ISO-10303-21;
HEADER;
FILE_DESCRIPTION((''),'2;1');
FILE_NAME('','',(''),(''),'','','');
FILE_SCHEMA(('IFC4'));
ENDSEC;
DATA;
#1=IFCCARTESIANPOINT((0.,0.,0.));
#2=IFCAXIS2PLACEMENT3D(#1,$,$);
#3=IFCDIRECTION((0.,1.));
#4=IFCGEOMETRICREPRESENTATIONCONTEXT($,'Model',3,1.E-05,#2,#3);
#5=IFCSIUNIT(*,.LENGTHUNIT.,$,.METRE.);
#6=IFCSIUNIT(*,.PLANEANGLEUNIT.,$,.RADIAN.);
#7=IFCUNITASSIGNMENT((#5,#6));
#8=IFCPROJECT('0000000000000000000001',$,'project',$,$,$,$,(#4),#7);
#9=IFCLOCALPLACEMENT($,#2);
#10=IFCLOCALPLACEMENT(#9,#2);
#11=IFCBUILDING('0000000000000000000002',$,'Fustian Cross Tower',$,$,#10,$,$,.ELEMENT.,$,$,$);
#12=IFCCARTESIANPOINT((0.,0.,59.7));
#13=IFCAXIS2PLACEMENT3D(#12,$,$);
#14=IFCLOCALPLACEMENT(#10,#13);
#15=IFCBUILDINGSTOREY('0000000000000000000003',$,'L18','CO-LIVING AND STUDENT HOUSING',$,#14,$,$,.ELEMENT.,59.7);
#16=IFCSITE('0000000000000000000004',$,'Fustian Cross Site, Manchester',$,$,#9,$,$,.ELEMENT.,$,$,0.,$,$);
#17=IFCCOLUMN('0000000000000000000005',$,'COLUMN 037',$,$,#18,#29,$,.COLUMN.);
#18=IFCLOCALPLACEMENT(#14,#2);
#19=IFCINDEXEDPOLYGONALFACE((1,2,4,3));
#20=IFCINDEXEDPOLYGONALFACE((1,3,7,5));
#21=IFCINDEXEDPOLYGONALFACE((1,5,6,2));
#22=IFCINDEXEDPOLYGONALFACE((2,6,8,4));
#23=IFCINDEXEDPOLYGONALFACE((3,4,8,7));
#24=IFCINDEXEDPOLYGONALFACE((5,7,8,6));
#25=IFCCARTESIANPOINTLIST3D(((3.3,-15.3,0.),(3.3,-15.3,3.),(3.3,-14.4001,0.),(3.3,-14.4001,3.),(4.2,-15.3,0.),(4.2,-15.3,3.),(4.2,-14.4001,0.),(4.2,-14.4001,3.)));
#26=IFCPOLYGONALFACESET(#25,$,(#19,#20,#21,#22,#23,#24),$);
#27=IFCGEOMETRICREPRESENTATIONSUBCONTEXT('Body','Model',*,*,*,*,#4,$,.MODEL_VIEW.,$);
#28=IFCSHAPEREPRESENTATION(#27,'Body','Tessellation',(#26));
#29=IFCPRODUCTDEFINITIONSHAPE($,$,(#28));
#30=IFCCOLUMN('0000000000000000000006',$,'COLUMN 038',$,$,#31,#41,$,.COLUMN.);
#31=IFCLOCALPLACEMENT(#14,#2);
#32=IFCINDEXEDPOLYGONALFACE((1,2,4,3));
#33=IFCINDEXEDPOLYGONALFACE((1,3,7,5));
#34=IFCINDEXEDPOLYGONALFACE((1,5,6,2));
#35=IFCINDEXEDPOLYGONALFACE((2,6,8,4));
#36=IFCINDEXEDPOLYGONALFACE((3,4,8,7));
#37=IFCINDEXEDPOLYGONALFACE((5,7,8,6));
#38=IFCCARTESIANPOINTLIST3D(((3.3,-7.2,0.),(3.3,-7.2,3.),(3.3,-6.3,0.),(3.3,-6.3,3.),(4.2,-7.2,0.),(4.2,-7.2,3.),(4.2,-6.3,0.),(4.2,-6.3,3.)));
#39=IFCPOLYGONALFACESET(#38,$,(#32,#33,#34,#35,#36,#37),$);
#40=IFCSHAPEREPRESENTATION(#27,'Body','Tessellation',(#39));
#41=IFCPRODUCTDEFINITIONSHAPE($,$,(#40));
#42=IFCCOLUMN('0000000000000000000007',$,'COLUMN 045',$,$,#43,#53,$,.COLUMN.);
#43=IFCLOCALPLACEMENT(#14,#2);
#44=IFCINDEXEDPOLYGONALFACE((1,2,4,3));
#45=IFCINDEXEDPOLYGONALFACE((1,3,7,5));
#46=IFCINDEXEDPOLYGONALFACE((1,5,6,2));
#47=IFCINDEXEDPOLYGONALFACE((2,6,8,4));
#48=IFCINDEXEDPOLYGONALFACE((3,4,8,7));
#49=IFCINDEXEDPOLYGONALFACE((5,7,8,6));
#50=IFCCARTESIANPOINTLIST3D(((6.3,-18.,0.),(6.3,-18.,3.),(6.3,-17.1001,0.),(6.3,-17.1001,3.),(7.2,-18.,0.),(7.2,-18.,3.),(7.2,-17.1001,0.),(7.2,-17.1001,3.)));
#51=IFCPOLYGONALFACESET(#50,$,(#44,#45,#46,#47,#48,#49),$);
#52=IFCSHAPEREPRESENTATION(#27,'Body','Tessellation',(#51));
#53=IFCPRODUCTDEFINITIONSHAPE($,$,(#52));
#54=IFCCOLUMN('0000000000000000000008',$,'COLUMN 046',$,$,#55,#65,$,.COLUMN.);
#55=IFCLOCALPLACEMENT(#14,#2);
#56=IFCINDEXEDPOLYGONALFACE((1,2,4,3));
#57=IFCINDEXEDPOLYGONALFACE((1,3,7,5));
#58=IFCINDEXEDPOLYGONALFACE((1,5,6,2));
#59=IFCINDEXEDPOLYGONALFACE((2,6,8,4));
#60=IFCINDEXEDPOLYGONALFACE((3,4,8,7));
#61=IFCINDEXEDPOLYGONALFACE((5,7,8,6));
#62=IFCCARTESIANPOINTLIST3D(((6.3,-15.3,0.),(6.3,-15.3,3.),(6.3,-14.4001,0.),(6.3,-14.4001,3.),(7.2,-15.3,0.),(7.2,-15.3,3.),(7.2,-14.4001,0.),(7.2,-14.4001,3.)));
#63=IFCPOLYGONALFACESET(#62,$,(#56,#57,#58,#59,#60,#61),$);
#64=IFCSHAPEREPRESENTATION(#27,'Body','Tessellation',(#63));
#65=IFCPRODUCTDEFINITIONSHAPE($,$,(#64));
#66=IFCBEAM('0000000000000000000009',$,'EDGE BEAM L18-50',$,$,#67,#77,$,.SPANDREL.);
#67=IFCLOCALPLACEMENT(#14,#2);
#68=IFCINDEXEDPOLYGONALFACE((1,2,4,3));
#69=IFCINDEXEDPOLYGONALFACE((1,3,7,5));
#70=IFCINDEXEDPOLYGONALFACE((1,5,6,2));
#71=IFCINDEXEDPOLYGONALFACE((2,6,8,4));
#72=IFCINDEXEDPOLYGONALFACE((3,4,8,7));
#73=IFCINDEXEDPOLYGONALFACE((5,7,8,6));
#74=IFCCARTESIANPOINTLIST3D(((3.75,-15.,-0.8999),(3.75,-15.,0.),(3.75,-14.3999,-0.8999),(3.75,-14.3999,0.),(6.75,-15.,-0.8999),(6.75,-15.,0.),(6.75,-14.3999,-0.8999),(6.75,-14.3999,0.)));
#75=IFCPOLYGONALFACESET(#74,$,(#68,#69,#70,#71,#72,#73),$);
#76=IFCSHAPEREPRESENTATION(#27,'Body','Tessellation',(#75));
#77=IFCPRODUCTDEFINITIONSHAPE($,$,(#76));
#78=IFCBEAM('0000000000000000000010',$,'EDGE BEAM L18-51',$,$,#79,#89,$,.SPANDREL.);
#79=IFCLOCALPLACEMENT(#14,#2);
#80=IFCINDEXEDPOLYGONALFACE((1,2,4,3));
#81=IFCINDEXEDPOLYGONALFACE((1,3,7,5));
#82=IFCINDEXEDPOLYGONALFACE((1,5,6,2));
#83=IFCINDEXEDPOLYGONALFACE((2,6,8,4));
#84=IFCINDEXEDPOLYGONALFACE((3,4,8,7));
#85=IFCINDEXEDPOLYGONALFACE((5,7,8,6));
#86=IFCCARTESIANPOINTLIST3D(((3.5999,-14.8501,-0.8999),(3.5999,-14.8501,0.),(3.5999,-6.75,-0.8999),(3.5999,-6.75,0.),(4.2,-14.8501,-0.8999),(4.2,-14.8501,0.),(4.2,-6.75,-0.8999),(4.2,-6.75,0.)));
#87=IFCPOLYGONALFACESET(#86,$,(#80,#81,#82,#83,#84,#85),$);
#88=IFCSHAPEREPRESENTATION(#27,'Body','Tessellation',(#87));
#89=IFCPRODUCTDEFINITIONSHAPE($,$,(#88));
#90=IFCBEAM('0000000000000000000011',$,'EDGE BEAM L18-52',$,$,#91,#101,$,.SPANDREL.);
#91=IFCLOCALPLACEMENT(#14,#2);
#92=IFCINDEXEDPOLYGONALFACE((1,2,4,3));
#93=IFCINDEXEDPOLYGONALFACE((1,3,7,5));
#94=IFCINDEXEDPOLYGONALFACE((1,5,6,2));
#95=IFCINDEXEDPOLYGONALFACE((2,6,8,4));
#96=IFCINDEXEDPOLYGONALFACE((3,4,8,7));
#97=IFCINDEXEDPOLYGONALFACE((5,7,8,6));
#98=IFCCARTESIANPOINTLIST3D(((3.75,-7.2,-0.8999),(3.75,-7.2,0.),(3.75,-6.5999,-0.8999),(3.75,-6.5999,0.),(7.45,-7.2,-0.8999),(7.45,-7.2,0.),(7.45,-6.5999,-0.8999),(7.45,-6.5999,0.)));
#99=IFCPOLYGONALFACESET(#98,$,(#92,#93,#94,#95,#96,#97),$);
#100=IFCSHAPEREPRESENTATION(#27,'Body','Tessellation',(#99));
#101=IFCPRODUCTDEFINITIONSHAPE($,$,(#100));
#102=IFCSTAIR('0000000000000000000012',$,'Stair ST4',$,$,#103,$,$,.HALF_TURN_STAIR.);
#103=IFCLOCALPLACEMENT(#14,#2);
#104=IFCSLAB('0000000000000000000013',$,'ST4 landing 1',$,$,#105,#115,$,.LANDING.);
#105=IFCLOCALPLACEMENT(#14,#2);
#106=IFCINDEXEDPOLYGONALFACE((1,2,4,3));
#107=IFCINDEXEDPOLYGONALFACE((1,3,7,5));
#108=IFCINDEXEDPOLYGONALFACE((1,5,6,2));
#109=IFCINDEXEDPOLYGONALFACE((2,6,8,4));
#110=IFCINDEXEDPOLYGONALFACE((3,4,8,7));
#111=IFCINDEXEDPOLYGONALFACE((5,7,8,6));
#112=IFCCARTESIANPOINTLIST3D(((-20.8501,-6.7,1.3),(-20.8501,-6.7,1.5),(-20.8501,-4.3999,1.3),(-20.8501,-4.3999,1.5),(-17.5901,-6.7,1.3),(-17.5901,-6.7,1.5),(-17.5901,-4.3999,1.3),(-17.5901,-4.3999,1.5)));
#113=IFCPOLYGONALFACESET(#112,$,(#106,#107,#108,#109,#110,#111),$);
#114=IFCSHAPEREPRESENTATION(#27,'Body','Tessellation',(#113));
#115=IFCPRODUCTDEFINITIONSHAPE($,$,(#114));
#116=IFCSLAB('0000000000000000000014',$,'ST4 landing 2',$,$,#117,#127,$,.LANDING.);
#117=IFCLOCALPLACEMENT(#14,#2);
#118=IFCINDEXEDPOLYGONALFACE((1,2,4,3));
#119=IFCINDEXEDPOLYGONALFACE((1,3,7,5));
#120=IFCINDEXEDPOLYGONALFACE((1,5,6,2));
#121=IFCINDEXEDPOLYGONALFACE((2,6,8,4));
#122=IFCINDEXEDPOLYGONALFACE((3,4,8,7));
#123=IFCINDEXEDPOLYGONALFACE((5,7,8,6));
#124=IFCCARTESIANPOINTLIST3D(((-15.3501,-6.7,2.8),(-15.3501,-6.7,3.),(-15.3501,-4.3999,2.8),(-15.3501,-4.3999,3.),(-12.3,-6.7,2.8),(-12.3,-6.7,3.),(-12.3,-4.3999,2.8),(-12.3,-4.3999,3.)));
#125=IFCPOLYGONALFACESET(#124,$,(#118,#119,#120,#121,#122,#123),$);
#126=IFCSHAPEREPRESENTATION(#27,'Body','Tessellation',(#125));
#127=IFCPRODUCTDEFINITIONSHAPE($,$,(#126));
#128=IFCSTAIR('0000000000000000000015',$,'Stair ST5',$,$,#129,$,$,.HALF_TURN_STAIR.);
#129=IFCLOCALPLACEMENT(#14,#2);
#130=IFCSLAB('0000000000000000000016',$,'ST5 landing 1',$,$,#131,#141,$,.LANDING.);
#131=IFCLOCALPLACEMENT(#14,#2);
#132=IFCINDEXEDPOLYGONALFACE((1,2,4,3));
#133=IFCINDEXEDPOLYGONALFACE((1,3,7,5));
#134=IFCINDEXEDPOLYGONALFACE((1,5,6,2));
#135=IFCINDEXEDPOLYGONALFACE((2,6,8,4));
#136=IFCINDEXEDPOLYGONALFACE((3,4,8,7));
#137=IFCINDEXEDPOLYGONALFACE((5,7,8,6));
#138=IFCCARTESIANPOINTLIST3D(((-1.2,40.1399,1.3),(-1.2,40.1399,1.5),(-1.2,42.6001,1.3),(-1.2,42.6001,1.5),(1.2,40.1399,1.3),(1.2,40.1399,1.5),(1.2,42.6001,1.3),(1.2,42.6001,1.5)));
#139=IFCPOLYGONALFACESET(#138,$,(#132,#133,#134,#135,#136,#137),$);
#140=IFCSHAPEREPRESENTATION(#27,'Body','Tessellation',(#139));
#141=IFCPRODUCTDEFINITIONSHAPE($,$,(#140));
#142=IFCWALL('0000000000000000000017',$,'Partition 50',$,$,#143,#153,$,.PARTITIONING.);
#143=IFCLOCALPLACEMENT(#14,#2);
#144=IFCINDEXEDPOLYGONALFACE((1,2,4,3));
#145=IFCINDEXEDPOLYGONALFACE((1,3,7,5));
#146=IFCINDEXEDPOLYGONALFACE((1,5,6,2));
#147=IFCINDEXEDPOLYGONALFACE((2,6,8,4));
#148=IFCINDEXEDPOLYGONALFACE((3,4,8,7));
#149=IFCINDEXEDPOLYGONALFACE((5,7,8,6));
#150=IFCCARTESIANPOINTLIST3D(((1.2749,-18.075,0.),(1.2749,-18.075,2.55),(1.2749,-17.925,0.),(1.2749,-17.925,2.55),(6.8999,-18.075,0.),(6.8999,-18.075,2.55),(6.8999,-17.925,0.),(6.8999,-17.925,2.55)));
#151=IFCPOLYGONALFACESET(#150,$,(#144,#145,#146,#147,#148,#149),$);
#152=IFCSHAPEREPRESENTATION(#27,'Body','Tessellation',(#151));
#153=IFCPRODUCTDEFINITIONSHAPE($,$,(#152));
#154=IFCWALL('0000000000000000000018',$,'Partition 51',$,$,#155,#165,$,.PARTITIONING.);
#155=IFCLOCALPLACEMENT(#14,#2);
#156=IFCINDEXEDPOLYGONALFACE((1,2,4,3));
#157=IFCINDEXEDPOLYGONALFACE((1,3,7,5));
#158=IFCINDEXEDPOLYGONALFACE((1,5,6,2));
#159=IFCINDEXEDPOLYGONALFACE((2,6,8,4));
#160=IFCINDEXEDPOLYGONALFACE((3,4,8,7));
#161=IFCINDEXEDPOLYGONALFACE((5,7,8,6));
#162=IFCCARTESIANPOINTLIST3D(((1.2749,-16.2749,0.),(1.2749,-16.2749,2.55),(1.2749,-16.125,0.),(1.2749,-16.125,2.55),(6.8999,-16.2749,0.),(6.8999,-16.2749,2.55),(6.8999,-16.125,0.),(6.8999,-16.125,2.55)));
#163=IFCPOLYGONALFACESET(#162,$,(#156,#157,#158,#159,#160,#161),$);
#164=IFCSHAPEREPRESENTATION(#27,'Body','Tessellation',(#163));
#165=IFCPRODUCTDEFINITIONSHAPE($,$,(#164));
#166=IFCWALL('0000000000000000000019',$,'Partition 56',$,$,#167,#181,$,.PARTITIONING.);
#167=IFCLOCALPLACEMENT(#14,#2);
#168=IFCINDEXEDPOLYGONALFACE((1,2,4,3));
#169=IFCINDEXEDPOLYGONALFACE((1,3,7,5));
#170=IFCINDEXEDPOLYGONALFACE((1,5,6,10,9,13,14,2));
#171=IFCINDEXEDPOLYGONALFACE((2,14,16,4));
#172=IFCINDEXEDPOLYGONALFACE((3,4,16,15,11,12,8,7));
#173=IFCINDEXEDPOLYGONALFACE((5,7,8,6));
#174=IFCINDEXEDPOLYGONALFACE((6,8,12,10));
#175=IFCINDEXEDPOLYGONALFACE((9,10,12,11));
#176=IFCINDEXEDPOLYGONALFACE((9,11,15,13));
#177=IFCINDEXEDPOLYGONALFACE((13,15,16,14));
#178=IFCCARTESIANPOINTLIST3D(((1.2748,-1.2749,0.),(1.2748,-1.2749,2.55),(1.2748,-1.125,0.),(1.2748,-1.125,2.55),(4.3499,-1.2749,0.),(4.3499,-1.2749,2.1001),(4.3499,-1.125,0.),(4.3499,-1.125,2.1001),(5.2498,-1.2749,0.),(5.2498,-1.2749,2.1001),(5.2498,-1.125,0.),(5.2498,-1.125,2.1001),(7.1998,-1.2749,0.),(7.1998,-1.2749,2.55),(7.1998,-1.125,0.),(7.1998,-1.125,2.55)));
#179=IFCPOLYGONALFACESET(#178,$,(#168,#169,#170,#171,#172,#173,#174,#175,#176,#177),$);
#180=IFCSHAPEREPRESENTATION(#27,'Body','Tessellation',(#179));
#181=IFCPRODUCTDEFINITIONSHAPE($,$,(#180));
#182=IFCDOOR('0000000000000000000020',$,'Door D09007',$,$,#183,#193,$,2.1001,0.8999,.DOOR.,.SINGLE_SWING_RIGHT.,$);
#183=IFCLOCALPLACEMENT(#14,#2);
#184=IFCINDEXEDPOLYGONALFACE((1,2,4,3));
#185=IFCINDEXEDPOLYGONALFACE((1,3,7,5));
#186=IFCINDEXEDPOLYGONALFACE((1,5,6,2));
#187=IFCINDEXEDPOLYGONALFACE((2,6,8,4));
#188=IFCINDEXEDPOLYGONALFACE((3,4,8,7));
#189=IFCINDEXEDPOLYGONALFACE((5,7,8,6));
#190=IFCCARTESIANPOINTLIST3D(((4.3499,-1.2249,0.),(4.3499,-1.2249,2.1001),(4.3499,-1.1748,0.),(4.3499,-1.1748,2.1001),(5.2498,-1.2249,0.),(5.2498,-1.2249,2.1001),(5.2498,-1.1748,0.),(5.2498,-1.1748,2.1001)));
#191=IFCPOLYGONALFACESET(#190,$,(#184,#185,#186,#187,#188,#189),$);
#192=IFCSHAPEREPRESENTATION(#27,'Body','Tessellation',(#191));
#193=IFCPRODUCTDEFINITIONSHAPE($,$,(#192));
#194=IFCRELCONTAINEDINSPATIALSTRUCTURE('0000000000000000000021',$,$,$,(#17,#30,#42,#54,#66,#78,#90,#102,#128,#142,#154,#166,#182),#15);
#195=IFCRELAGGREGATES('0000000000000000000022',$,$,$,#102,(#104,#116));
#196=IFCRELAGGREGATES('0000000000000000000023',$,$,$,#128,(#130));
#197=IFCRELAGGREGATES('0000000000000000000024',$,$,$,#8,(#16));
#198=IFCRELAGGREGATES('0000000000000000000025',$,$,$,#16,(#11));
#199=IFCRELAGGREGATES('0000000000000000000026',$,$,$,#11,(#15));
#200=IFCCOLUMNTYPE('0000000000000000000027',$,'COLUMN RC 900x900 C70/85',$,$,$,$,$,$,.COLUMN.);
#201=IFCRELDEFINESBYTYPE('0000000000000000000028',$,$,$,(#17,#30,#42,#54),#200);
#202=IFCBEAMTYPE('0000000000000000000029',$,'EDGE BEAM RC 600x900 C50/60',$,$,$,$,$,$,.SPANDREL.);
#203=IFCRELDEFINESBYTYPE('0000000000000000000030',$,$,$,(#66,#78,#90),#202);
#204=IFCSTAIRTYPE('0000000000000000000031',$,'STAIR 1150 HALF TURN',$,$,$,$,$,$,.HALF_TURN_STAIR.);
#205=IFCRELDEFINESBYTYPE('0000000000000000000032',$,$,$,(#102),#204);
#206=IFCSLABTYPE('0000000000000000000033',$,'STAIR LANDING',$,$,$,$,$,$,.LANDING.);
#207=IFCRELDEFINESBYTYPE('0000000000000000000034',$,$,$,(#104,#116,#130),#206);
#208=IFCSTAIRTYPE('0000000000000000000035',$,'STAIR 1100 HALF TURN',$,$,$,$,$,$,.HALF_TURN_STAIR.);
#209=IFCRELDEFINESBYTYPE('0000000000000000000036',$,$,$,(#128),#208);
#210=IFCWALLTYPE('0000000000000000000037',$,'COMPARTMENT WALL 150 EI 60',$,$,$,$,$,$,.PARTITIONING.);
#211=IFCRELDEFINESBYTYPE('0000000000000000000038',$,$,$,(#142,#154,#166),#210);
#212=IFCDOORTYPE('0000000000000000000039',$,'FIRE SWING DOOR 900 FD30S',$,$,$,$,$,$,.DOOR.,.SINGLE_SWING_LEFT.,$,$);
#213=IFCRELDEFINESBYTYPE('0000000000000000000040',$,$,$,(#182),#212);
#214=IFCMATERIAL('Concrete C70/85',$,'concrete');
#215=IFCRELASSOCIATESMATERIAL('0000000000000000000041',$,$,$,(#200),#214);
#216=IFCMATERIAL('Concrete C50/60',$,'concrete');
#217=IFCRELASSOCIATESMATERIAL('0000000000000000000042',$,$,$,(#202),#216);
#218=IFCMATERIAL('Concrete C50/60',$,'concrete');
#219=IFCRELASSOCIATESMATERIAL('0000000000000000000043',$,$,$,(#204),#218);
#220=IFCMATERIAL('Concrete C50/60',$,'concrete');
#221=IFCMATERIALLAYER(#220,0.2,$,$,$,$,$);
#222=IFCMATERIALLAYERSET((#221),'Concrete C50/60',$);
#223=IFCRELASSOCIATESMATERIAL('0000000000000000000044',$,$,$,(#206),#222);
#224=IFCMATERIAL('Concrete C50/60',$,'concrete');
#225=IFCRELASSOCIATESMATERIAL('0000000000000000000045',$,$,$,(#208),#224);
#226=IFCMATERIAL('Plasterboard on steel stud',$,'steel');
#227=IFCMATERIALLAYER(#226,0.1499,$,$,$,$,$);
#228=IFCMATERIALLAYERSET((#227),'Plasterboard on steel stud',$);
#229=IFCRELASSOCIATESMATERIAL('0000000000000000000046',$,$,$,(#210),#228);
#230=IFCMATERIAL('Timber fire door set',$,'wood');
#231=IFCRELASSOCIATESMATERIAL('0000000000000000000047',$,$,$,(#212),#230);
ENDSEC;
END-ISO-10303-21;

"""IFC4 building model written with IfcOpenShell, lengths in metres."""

from ifc_helpers import new_model, si_unit, direction, frame, frame_2d, origin, origin_2d, place, context, subcontext, project, spatial, polyline, rectangle, outline, extrude, material, layer, layer_set, material_profile, profile_set, type_object, element, fill, aggregate, save


model = new_model("IFC4")

# Units and contexts
model_context = context("Model", 3, precision=1e-05, world=origin(), true_north=direction((0.0, 1.0)))
body_context = subcontext(model_context, "Body", "Model", "MODEL_VIEW")
ifc_project = project(units=[si_unit("LENGTHUNIT", "METRE"), si_unit("PLANEANGLEUNIT", "RADIAN")], contexts=[model_context])

# Site, building, storey
site_placement = place(None, origin())
site = spatial("IfcSite", under=ifc_project, at=site_placement, Name="Fustian Cross Site, Manchester", CompositionType="ELEMENT", RefElevation=0.0)
building_placement = place(site_placement, origin())
building = spatial("IfcBuilding", under=site, at=building_placement, Name="Fustian Cross Tower", CompositionType="ELEMENT")
storey_placement = place(building_placement, frame((0.0, 0.0, 59.7)))
storey = spatial("IfcBuildingStorey", under=building, at=storey_placement, Name="L18", Description="CO-LIVING AND STUDENT HOUSING", CompositionType="ELEMENT", Elevation=59.7)

# Columns
ifc_material_1 = material(Name="Concrete C70/85", Category="concrete")
ifc_material_profile_1 = material_profile(ifc_material_1, rectangle(XDim=0.8999, YDim=0.8999, at=origin_2d()), Name="RC 900x900")
ifc_profile_set_1 = profile_set([ifc_material_profile_1], Name="Concrete C70/85")
column_type = type_object("IfcColumnType", Name="COLUMN RC 900x900 C70/85", PredefinedType="COLUMN", material=ifc_profile_set_1)
for number, where, z_axis, x_axis, name in (
    (1, (3.75, -14.8501, 0.0), (0.0, 0.0, 1.0), (1.0, 0.0, 0.0), "COLUMN 037"),
    (2, (3.75, -6.75, 0.0), (0.0, 0.0, 1.0), (1.0, 0.0, 0.0), "COLUMN 038"),
    (3, (6.75, -17.55, 0.0), (0.0, 0.0, 1.0), (1.0, 0.0, 0.0), "COLUMN 045"),
    (4, (6.75, -14.8501, 0.0), (0.0, 0.0, 1.0), (1.0, 0.0, 0.0), "COLUMN 046"),
):
    element("IfcColumn", number, at=place(storey_placement, frame(where, z_axis=z_axis, x_axis=x_axis)), inside=storey, type_object=column_type, Name=name, PredefinedType="COLUMN", context=body_context, shape_type="SweptSolid", body=[
        extrude(rectangle(XDim=0.8999, YDim=0.8999, at=origin_2d()), origin(), (0.0, 0.0, 1.0), 3.0),
    ])

# Beams
ifc_material_2 = material(Name="Concrete C50/60", Category="concrete")
ifc_material_profile_2 = material_profile(ifc_material_2, rectangle(XDim=0.6001, YDim=0.8999, at=origin_2d()), Name="RC 600x900")
ifc_profile_set_2 = profile_set([ifc_material_profile_2], Name="Concrete C50/60")
beam_type = type_object("IfcBeamType", Name="EDGE BEAM RC 600x900 C50/60", PredefinedType="SPANDREL", material=ifc_profile_set_2)
beam_1_placement = place(storey_placement, frame((6.75, -14.7, -0.45), z_axis=(-1.0, 0.0, 0.0), x_axis=(0.0, -1.0, 0.0)))
element("IfcBeam", 5, at=beam_1_placement, inside=storey, type_object=beam_type, Name="EDGE BEAM L18-50", PredefinedType="SPANDREL", context=body_context, shape_type="SweptSolid", body=[
    extrude(rectangle(XDim=0.6001, YDim=0.8999, at=origin_2d()), origin(), (0.0, 0.0, 1.0), 3.0),
])
beam_2_placement = place(storey_placement, frame((3.8999, -14.8501, -0.45), z_axis=(0.0, 1.0, 0.0), x_axis=(-1.0, 0.0, 0.0)))
element("IfcBeam", 6, at=beam_2_placement, inside=storey, type_object=beam_type, Name="EDGE BEAM L18-51", PredefinedType="SPANDREL", context=body_context, shape_type="SweptSolid", body=[
    extrude(rectangle(XDim=0.6001, YDim=0.8999, at=origin_2d()), origin(), (0.0, 0.0, 1.0), 8.1001),
])
beam_3_placement = place(storey_placement, frame((3.75, -6.8999, -0.45), z_axis=(1.0, 0.0, 0.0), x_axis=(0.0, 1.0, 0.0)))
element("IfcBeam", 7, at=beam_3_placement, inside=storey, type_object=beam_type, Name="EDGE BEAM L18-52", PredefinedType="SPANDREL", context=body_context, shape_type="SweptSolid", body=[
    extrude(rectangle(XDim=0.6001, YDim=0.8999, at=origin_2d()), origin(), (0.0, 0.0, 1.0), 3.7),
])

# Stair, slabs
ifc_material_3 = material(Name="Concrete C50/60", Category="concrete")
stair_type_1 = type_object("IfcStairType", Name="STAIR 1150 HALF TURN", PredefinedType="HALF_TURN_STAIR", material=ifc_material_3)
stair_1_placement = place(storey_placement, origin())
stair_1 = element("IfcStair", 8, at=stair_1_placement, inside=storey, type_object=stair_type_1, Name="Stair ST4", PredefinedType="HALF_TURN_STAIR")
ifc_material_4 = material(Name="Concrete C50/60", Category="concrete")
ifc_layer_1 = layer(ifc_material_4, 0.2)
ifc_layer_set_1 = layer_set([ifc_layer_1], Name="Concrete C50/60")
slab_type = type_object("IfcSlabType", Name="STAIR LANDING", PredefinedType="LANDING", material=ifc_layer_set_1)
slab_1_placement = place(storey_placement, frame((0.0, 0.0, 1.3)))
slab_1 = element("IfcSlab", 9, at=slab_1_placement, type_object=slab_type, Name="ST4 landing 1", PredefinedType="LANDING", context=body_context, shape_type="SweptSolid", body=[
    extrude(outline(polyline([(-17.5901, -4.3999), (-20.8501, -4.3999), (-20.8501, -6.7), (-17.5901, -6.7), (-17.5901, -4.3999)])), origin(), (0.0, 0.0, 1.0), 0.2),
])
slab_2_placement = place(storey_placement, frame((0.0, 0.0, 2.8)))
slab_2 = element("IfcSlab", 10, at=slab_2_placement, type_object=slab_type, Name="ST4 landing 2", PredefinedType="LANDING", context=body_context, shape_type="SweptSolid", body=[
    extrude(outline(polyline([(-12.3, -4.3999), (-15.3501, -4.3999), (-15.3501, -6.7), (-12.3, -6.7), (-12.3, -4.3999)])), origin(), (0.0, 0.0, 1.0), 0.2),
])
aggregate(stair_1, [slab_1, slab_2])

# Stair, slab
ifc_material_5 = material(Name="Concrete C50/60", Category="concrete")
stair_type_2 = type_object("IfcStairType", Name="STAIR 1100 HALF TURN", PredefinedType="HALF_TURN_STAIR", material=ifc_material_5)
stair_2_placement = place(storey_placement, origin())
stair_2 = element("IfcStair", 11, at=stair_2_placement, inside=storey, type_object=stair_type_2, Name="Stair ST5", PredefinedType="HALF_TURN_STAIR")
slab_3_placement = place(storey_placement, frame((0.0, 0.0, 1.3)))
slab_3 = element("IfcSlab", 12, at=slab_3_placement, type_object=slab_type, Name="ST5 landing 1", PredefinedType="LANDING", context=body_context, shape_type="SweptSolid", body=[
    extrude(outline(polyline([(-1.2, 40.1399), (-1.2, 42.6001), (1.2, 42.6001), (1.2, 40.1399), (-1.2, 40.1399)])), origin(), (0.0, 0.0, 1.0), 0.2),
])
aggregate(stair_2, [slab_3])

# Walls
ifc_material_6 = material(Name="Plasterboard on steel stud", Category="steel")
ifc_layer_2 = layer(ifc_material_6, 0.1499)
ifc_layer_set_2 = layer_set([ifc_layer_2], Name="Plasterboard on steel stud")
wall_type_1 = type_object("IfcWallType", Name="COMPARTMENT WALL 150 EI 60", PredefinedType="PARTITIONING", material=ifc_layer_set_2)
for number, where, z_axis, x_axis, name in (
    (13, (1.2749, -18.0, 0.0), (0.0, 0.0, 1.0), (1.0, 0.0, 0.0), "Partition 50"),
    (14, (1.2749, -16.2, 0.0), (0.0, 0.0, 1.0), (1.0, 0.0, 0.0), "Partition 51"),
):
    element("IfcWall", number, at=place(storey_placement, frame(where, z_axis=z_axis, x_axis=x_axis)), inside=storey, type_object=wall_type_1, Name=name, PredefinedType="PARTITIONING", context=body_context, shape_type="SweptSolid", body=[
        extrude(rectangle(XDim=5.625, YDim=0.1499, at=frame_2d((2.8125, 0.0))), origin(), (0.0, 0.0, 1.0), 2.55),
    ])

# Wall, opening, door
wall_1_placement = place(storey_placement, frame((1.2749, -1.2, 0.0), z_axis=(0.0, 0.0, 1.0), x_axis=(1.0, 0.0, 0.0)))
wall_1 = element("IfcWall", 15, at=wall_1_placement, inside=storey, type_object=wall_type_1, Name="Partition 56", PredefinedType="PARTITIONING", context=body_context, shape_type="SweptSolid", body=[
    extrude(rectangle(XDim=5.925, YDim=0.1499, at=frame_2d((2.9624, 0.0))), origin(), (0.0, 0.0, 1.0), 2.55),
])
opening_1_placement = place(wall_1_placement, frame((3.075, 0.0, 0.0)))
opening_1 = element("IfcOpeningElement", 16, at=opening_1_placement, cuts=wall_1, PredefinedType="OPENING", context=body_context, shape_type="SweptSolid", body=[
    extrude(rectangle(XDim=0.8999, YDim=2.1001, at=frame_2d((0.45, 1.05))), frame((0.0, 0.085, 0.0), z_axis=(0.0, -1.0, 0.0), x_axis=(1.0, 0.0, 0.0)), (0.0, 0.0, 1.0), 0.1699),
])
ifc_material_7 = material(Name="Timber fire door set", Category="wood")
door_type_1 = type_object("IfcDoorType", Name="FIRE SWING DOOR 900 FD30S", OperationType="SINGLE_SWING_LEFT", PredefinedType="DOOR", material=ifc_material_7)
door_1_placement = place(opening_1_placement, frame((0.8999, 0.0, 0.0), z_axis=(0.0, 0.0, 1.0), x_axis=(-1.0, 0.0, 0.0)))
door_1 = element("IfcDoor", 17, at=door_1_placement, inside=storey, type_object=door_type_1, Name="Door D09007", OperationType="SINGLE_SWING_RIGHT", OverallHeight=2.1001, OverallWidth=0.8999, PredefinedType="DOOR", context=body_context, shape_type="SweptSolid", body=[
    extrude(rectangle(XDim=0.8999, YDim=2.1001, at=frame_2d((0.45, 1.05))), frame((0.0, 0.0249, 0.0), z_axis=(0.0, -1.0, 0.0), x_axis=(1.0, 0.0, 0.0)), (0.0, 0.0, 1.0), 0.05),
])
fill(opening_1, door_1)

save(model, "model.ifc")
